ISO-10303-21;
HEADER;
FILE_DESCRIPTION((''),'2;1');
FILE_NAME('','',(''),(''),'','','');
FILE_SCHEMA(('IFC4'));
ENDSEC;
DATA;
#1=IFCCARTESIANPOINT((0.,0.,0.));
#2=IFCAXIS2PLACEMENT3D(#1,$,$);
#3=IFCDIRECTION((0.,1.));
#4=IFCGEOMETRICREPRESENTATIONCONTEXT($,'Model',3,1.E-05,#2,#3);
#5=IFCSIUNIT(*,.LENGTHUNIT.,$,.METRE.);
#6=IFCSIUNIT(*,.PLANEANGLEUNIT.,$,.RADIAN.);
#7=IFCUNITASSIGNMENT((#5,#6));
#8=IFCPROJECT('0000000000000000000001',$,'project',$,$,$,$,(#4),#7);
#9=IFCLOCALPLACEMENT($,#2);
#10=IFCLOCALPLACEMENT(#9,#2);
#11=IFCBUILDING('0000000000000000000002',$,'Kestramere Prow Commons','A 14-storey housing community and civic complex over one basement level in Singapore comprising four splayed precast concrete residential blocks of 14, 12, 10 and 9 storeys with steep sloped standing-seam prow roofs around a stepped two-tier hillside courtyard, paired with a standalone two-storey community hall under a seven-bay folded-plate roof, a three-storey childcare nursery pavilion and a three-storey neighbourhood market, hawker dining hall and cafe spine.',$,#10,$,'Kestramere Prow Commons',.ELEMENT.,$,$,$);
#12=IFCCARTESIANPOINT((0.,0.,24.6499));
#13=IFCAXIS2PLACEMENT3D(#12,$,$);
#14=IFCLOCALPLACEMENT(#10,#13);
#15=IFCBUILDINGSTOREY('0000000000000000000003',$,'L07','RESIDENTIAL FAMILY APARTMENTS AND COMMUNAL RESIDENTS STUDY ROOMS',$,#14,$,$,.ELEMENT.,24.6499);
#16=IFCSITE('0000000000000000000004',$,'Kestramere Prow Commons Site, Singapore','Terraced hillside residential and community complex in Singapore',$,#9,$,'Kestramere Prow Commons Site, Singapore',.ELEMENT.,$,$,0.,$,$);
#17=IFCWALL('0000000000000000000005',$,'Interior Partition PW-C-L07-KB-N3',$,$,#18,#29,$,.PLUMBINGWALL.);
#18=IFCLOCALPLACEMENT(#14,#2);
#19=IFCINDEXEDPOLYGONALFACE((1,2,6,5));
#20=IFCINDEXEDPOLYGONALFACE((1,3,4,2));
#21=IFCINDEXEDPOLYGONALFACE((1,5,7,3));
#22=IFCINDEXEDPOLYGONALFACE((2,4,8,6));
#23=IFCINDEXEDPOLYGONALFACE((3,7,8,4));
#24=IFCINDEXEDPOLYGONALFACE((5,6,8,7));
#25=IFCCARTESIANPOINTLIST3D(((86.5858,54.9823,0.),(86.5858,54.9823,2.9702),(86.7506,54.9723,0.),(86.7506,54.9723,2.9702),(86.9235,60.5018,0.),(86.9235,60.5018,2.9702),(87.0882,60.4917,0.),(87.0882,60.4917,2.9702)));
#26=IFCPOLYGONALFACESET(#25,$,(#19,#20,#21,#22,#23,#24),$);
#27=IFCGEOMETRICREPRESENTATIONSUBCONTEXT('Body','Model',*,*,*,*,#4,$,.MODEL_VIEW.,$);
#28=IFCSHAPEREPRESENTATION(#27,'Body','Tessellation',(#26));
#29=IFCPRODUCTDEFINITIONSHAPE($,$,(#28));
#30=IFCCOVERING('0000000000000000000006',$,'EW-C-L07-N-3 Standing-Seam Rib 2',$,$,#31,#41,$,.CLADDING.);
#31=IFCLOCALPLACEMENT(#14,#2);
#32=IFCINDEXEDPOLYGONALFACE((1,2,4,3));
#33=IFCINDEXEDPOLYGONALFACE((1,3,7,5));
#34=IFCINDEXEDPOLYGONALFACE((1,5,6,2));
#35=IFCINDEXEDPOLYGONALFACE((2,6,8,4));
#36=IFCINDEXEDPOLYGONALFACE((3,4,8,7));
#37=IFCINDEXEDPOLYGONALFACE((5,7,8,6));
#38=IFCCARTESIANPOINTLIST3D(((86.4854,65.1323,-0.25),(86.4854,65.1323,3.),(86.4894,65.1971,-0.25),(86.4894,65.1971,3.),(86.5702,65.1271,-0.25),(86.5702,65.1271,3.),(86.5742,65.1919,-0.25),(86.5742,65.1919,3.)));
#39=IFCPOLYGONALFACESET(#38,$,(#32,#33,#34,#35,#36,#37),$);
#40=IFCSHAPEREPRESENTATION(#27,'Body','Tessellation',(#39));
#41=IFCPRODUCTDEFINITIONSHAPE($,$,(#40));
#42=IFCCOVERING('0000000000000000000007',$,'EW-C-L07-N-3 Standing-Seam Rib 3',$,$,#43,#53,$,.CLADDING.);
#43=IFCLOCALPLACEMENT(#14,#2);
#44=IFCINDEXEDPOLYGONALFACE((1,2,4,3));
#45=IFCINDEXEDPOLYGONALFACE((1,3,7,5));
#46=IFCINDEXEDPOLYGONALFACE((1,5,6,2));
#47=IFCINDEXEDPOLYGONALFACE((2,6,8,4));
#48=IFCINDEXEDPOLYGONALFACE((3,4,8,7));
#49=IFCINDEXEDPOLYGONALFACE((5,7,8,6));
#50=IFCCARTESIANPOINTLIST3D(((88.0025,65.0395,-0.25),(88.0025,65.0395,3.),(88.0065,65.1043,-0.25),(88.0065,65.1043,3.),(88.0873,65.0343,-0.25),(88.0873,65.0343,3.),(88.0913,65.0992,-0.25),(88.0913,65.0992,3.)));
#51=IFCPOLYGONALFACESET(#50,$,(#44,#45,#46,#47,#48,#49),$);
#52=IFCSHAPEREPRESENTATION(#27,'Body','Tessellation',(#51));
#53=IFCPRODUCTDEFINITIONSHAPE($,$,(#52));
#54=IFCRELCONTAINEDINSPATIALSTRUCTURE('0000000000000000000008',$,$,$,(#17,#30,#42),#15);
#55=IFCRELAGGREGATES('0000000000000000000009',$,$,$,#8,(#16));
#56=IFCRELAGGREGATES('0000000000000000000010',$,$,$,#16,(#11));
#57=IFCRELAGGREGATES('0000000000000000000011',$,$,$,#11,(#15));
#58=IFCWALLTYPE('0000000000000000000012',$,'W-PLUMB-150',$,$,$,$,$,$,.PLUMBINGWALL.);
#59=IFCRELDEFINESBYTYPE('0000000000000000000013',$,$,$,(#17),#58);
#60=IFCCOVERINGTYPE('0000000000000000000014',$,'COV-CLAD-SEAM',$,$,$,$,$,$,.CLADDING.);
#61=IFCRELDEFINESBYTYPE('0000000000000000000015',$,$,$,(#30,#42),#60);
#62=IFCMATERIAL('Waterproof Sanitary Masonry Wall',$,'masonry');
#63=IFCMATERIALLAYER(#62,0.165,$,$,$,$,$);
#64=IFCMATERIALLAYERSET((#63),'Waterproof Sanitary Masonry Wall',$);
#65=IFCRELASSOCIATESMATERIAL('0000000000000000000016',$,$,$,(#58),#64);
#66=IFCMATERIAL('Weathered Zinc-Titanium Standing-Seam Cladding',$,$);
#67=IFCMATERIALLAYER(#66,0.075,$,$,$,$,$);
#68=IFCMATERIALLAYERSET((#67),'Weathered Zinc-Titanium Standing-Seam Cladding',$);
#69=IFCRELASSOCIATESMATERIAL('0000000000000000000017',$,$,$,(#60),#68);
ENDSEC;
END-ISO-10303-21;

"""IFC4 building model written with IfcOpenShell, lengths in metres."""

from ifc_helpers import new_model, si_unit, direction, frame, frame_2d, origin, origin_2d, place, context, subcontext, project, spatial, rectangle, extrude, material, layer, layer_set, type_object, element, save


model = new_model("IFC4")

# Units and contexts
model_context = context("Model", 3, precision=1e-05, world=origin(), true_north=direction((0.0, 1.0)))
body_context = subcontext(model_context, "Body", "Model", "MODEL_VIEW")
ifc_project = project(units=[si_unit("LENGTHUNIT", "METRE"), si_unit("PLANEANGLEUNIT", "RADIAN")], contexts=[model_context])

# Site, building, storey
site_placement = place(None, origin())
site = spatial("IfcSite", under=ifc_project, at=site_placement, Name="Kestramere Prow Commons Site, Singapore", Description="Terraced hillside residential and community complex in Singapore", LongName="Kestramere Prow Commons Site, Singapore", CompositionType="ELEMENT", RefElevation=0.0)
building_placement = place(site_placement, origin())
building = spatial("IfcBuilding", under=site, at=building_placement, Name="Kestramere Prow Commons", Description="A 14-storey housing community and civic complex over one basement level in Singapore comprising four splayed precast concrete residential blocks of 14, 12, 10 and 9 storeys with steep sloped standing-seam prow roofs around a stepped two-tier hillside courtyard, paired with a standalone two-storey community hall under a seven-bay folded-plate roof, a three-storey childcare nursery pavilion and a three-storey neighbourhood market, hawker dining hall and cafe spine.", LongName="Kestramere Prow Commons", CompositionType="ELEMENT")
storey_placement = place(building_placement, frame((0.0, 0.0, 24.6499)))
storey = spatial("IfcBuildingStorey", under=building, at=storey_placement, Name="L07", Description="RESIDENTIAL FAMILY APARTMENTS AND COMMUNAL RESIDENTS STUDY ROOMS", CompositionType="ELEMENT", Elevation=24.6499)

# Shared definitions
ifc_material_1 = material(Name="Waterproof Sanitary Masonry Wall", Category="masonry")
ifc_layer_1 = layer(ifc_material_1, 0.165)
ifc_layer_set_1 = layer_set([ifc_layer_1], Name="Waterproof Sanitary Masonry Wall")
wall_type_1 = type_object("IfcWallType", Name="W-PLUMB-150", PredefinedType="PLUMBINGWALL", material=ifc_layer_set_1)

# Wall
wall_1_placement = place(storey_placement, frame((86.6682, 54.9773, 0.0), z_axis=(0.0, 0.0, 1.0), x_axis=(0.061059, 0.998134, 0.0)))
element("IfcWall", 1, at=wall_1_placement, inside=storey, type_object=wall_type_1, Name="Interior Partition PW-C-L07-KB-N3", PredefinedType="PLUMBINGWALL", context=body_context, shape_type="SweptSolid", body=[
    extrude(rectangle(XDim=5.5298, YDim=0.165, at=frame_2d((2.7649, 0.0))), origin(), (0.0, 0.0, 1.0), 2.9702),
])

# Coverings
ifc_material_2 = material(Name="Weathered Zinc-Titanium Standing-Seam Cladding")
ifc_layer_2 = layer(ifc_material_2, 0.075)
ifc_layer_set_2 = layer_set([ifc_layer_2], Name="Weathered Zinc-Titanium Standing-Seam Cladding")
covering_type = type_object("IfcCoveringType", Name="COV-CLAD-SEAM", PredefinedType="CLADDING", material=ifc_layer_set_2)
for number, where, z_axis, x_axis, name in (
    (2, (86.5298, 65.1621, -0.25), (0.0, 0.0, 1.0), (0.998135, -0.061049, 0.0), "EW-C-L07-N-3 Standing-Seam Rib 2"),
    (3, (88.0469, 65.0693, -0.25), (0.0, 0.0, 1.0), (0.998135, -0.061049, 0.0), "EW-C-L07-N-3 Standing-Seam Rib 3"),
):
    element("IfcCovering", number, at=place(storey_placement, frame(where, z_axis=z_axis, x_axis=x_axis)), inside=storey, type_object=covering_type, Name=name, PredefinedType="CLADDING", context=body_context, shape_type="SweptSolid", body=[
        extrude(rectangle(XDim=0.085, YDim=0.0649, at=origin_2d()), origin(), (0.0, 0.0, 1.0), 3.25),
    ])

save(model, "model.ifc")
